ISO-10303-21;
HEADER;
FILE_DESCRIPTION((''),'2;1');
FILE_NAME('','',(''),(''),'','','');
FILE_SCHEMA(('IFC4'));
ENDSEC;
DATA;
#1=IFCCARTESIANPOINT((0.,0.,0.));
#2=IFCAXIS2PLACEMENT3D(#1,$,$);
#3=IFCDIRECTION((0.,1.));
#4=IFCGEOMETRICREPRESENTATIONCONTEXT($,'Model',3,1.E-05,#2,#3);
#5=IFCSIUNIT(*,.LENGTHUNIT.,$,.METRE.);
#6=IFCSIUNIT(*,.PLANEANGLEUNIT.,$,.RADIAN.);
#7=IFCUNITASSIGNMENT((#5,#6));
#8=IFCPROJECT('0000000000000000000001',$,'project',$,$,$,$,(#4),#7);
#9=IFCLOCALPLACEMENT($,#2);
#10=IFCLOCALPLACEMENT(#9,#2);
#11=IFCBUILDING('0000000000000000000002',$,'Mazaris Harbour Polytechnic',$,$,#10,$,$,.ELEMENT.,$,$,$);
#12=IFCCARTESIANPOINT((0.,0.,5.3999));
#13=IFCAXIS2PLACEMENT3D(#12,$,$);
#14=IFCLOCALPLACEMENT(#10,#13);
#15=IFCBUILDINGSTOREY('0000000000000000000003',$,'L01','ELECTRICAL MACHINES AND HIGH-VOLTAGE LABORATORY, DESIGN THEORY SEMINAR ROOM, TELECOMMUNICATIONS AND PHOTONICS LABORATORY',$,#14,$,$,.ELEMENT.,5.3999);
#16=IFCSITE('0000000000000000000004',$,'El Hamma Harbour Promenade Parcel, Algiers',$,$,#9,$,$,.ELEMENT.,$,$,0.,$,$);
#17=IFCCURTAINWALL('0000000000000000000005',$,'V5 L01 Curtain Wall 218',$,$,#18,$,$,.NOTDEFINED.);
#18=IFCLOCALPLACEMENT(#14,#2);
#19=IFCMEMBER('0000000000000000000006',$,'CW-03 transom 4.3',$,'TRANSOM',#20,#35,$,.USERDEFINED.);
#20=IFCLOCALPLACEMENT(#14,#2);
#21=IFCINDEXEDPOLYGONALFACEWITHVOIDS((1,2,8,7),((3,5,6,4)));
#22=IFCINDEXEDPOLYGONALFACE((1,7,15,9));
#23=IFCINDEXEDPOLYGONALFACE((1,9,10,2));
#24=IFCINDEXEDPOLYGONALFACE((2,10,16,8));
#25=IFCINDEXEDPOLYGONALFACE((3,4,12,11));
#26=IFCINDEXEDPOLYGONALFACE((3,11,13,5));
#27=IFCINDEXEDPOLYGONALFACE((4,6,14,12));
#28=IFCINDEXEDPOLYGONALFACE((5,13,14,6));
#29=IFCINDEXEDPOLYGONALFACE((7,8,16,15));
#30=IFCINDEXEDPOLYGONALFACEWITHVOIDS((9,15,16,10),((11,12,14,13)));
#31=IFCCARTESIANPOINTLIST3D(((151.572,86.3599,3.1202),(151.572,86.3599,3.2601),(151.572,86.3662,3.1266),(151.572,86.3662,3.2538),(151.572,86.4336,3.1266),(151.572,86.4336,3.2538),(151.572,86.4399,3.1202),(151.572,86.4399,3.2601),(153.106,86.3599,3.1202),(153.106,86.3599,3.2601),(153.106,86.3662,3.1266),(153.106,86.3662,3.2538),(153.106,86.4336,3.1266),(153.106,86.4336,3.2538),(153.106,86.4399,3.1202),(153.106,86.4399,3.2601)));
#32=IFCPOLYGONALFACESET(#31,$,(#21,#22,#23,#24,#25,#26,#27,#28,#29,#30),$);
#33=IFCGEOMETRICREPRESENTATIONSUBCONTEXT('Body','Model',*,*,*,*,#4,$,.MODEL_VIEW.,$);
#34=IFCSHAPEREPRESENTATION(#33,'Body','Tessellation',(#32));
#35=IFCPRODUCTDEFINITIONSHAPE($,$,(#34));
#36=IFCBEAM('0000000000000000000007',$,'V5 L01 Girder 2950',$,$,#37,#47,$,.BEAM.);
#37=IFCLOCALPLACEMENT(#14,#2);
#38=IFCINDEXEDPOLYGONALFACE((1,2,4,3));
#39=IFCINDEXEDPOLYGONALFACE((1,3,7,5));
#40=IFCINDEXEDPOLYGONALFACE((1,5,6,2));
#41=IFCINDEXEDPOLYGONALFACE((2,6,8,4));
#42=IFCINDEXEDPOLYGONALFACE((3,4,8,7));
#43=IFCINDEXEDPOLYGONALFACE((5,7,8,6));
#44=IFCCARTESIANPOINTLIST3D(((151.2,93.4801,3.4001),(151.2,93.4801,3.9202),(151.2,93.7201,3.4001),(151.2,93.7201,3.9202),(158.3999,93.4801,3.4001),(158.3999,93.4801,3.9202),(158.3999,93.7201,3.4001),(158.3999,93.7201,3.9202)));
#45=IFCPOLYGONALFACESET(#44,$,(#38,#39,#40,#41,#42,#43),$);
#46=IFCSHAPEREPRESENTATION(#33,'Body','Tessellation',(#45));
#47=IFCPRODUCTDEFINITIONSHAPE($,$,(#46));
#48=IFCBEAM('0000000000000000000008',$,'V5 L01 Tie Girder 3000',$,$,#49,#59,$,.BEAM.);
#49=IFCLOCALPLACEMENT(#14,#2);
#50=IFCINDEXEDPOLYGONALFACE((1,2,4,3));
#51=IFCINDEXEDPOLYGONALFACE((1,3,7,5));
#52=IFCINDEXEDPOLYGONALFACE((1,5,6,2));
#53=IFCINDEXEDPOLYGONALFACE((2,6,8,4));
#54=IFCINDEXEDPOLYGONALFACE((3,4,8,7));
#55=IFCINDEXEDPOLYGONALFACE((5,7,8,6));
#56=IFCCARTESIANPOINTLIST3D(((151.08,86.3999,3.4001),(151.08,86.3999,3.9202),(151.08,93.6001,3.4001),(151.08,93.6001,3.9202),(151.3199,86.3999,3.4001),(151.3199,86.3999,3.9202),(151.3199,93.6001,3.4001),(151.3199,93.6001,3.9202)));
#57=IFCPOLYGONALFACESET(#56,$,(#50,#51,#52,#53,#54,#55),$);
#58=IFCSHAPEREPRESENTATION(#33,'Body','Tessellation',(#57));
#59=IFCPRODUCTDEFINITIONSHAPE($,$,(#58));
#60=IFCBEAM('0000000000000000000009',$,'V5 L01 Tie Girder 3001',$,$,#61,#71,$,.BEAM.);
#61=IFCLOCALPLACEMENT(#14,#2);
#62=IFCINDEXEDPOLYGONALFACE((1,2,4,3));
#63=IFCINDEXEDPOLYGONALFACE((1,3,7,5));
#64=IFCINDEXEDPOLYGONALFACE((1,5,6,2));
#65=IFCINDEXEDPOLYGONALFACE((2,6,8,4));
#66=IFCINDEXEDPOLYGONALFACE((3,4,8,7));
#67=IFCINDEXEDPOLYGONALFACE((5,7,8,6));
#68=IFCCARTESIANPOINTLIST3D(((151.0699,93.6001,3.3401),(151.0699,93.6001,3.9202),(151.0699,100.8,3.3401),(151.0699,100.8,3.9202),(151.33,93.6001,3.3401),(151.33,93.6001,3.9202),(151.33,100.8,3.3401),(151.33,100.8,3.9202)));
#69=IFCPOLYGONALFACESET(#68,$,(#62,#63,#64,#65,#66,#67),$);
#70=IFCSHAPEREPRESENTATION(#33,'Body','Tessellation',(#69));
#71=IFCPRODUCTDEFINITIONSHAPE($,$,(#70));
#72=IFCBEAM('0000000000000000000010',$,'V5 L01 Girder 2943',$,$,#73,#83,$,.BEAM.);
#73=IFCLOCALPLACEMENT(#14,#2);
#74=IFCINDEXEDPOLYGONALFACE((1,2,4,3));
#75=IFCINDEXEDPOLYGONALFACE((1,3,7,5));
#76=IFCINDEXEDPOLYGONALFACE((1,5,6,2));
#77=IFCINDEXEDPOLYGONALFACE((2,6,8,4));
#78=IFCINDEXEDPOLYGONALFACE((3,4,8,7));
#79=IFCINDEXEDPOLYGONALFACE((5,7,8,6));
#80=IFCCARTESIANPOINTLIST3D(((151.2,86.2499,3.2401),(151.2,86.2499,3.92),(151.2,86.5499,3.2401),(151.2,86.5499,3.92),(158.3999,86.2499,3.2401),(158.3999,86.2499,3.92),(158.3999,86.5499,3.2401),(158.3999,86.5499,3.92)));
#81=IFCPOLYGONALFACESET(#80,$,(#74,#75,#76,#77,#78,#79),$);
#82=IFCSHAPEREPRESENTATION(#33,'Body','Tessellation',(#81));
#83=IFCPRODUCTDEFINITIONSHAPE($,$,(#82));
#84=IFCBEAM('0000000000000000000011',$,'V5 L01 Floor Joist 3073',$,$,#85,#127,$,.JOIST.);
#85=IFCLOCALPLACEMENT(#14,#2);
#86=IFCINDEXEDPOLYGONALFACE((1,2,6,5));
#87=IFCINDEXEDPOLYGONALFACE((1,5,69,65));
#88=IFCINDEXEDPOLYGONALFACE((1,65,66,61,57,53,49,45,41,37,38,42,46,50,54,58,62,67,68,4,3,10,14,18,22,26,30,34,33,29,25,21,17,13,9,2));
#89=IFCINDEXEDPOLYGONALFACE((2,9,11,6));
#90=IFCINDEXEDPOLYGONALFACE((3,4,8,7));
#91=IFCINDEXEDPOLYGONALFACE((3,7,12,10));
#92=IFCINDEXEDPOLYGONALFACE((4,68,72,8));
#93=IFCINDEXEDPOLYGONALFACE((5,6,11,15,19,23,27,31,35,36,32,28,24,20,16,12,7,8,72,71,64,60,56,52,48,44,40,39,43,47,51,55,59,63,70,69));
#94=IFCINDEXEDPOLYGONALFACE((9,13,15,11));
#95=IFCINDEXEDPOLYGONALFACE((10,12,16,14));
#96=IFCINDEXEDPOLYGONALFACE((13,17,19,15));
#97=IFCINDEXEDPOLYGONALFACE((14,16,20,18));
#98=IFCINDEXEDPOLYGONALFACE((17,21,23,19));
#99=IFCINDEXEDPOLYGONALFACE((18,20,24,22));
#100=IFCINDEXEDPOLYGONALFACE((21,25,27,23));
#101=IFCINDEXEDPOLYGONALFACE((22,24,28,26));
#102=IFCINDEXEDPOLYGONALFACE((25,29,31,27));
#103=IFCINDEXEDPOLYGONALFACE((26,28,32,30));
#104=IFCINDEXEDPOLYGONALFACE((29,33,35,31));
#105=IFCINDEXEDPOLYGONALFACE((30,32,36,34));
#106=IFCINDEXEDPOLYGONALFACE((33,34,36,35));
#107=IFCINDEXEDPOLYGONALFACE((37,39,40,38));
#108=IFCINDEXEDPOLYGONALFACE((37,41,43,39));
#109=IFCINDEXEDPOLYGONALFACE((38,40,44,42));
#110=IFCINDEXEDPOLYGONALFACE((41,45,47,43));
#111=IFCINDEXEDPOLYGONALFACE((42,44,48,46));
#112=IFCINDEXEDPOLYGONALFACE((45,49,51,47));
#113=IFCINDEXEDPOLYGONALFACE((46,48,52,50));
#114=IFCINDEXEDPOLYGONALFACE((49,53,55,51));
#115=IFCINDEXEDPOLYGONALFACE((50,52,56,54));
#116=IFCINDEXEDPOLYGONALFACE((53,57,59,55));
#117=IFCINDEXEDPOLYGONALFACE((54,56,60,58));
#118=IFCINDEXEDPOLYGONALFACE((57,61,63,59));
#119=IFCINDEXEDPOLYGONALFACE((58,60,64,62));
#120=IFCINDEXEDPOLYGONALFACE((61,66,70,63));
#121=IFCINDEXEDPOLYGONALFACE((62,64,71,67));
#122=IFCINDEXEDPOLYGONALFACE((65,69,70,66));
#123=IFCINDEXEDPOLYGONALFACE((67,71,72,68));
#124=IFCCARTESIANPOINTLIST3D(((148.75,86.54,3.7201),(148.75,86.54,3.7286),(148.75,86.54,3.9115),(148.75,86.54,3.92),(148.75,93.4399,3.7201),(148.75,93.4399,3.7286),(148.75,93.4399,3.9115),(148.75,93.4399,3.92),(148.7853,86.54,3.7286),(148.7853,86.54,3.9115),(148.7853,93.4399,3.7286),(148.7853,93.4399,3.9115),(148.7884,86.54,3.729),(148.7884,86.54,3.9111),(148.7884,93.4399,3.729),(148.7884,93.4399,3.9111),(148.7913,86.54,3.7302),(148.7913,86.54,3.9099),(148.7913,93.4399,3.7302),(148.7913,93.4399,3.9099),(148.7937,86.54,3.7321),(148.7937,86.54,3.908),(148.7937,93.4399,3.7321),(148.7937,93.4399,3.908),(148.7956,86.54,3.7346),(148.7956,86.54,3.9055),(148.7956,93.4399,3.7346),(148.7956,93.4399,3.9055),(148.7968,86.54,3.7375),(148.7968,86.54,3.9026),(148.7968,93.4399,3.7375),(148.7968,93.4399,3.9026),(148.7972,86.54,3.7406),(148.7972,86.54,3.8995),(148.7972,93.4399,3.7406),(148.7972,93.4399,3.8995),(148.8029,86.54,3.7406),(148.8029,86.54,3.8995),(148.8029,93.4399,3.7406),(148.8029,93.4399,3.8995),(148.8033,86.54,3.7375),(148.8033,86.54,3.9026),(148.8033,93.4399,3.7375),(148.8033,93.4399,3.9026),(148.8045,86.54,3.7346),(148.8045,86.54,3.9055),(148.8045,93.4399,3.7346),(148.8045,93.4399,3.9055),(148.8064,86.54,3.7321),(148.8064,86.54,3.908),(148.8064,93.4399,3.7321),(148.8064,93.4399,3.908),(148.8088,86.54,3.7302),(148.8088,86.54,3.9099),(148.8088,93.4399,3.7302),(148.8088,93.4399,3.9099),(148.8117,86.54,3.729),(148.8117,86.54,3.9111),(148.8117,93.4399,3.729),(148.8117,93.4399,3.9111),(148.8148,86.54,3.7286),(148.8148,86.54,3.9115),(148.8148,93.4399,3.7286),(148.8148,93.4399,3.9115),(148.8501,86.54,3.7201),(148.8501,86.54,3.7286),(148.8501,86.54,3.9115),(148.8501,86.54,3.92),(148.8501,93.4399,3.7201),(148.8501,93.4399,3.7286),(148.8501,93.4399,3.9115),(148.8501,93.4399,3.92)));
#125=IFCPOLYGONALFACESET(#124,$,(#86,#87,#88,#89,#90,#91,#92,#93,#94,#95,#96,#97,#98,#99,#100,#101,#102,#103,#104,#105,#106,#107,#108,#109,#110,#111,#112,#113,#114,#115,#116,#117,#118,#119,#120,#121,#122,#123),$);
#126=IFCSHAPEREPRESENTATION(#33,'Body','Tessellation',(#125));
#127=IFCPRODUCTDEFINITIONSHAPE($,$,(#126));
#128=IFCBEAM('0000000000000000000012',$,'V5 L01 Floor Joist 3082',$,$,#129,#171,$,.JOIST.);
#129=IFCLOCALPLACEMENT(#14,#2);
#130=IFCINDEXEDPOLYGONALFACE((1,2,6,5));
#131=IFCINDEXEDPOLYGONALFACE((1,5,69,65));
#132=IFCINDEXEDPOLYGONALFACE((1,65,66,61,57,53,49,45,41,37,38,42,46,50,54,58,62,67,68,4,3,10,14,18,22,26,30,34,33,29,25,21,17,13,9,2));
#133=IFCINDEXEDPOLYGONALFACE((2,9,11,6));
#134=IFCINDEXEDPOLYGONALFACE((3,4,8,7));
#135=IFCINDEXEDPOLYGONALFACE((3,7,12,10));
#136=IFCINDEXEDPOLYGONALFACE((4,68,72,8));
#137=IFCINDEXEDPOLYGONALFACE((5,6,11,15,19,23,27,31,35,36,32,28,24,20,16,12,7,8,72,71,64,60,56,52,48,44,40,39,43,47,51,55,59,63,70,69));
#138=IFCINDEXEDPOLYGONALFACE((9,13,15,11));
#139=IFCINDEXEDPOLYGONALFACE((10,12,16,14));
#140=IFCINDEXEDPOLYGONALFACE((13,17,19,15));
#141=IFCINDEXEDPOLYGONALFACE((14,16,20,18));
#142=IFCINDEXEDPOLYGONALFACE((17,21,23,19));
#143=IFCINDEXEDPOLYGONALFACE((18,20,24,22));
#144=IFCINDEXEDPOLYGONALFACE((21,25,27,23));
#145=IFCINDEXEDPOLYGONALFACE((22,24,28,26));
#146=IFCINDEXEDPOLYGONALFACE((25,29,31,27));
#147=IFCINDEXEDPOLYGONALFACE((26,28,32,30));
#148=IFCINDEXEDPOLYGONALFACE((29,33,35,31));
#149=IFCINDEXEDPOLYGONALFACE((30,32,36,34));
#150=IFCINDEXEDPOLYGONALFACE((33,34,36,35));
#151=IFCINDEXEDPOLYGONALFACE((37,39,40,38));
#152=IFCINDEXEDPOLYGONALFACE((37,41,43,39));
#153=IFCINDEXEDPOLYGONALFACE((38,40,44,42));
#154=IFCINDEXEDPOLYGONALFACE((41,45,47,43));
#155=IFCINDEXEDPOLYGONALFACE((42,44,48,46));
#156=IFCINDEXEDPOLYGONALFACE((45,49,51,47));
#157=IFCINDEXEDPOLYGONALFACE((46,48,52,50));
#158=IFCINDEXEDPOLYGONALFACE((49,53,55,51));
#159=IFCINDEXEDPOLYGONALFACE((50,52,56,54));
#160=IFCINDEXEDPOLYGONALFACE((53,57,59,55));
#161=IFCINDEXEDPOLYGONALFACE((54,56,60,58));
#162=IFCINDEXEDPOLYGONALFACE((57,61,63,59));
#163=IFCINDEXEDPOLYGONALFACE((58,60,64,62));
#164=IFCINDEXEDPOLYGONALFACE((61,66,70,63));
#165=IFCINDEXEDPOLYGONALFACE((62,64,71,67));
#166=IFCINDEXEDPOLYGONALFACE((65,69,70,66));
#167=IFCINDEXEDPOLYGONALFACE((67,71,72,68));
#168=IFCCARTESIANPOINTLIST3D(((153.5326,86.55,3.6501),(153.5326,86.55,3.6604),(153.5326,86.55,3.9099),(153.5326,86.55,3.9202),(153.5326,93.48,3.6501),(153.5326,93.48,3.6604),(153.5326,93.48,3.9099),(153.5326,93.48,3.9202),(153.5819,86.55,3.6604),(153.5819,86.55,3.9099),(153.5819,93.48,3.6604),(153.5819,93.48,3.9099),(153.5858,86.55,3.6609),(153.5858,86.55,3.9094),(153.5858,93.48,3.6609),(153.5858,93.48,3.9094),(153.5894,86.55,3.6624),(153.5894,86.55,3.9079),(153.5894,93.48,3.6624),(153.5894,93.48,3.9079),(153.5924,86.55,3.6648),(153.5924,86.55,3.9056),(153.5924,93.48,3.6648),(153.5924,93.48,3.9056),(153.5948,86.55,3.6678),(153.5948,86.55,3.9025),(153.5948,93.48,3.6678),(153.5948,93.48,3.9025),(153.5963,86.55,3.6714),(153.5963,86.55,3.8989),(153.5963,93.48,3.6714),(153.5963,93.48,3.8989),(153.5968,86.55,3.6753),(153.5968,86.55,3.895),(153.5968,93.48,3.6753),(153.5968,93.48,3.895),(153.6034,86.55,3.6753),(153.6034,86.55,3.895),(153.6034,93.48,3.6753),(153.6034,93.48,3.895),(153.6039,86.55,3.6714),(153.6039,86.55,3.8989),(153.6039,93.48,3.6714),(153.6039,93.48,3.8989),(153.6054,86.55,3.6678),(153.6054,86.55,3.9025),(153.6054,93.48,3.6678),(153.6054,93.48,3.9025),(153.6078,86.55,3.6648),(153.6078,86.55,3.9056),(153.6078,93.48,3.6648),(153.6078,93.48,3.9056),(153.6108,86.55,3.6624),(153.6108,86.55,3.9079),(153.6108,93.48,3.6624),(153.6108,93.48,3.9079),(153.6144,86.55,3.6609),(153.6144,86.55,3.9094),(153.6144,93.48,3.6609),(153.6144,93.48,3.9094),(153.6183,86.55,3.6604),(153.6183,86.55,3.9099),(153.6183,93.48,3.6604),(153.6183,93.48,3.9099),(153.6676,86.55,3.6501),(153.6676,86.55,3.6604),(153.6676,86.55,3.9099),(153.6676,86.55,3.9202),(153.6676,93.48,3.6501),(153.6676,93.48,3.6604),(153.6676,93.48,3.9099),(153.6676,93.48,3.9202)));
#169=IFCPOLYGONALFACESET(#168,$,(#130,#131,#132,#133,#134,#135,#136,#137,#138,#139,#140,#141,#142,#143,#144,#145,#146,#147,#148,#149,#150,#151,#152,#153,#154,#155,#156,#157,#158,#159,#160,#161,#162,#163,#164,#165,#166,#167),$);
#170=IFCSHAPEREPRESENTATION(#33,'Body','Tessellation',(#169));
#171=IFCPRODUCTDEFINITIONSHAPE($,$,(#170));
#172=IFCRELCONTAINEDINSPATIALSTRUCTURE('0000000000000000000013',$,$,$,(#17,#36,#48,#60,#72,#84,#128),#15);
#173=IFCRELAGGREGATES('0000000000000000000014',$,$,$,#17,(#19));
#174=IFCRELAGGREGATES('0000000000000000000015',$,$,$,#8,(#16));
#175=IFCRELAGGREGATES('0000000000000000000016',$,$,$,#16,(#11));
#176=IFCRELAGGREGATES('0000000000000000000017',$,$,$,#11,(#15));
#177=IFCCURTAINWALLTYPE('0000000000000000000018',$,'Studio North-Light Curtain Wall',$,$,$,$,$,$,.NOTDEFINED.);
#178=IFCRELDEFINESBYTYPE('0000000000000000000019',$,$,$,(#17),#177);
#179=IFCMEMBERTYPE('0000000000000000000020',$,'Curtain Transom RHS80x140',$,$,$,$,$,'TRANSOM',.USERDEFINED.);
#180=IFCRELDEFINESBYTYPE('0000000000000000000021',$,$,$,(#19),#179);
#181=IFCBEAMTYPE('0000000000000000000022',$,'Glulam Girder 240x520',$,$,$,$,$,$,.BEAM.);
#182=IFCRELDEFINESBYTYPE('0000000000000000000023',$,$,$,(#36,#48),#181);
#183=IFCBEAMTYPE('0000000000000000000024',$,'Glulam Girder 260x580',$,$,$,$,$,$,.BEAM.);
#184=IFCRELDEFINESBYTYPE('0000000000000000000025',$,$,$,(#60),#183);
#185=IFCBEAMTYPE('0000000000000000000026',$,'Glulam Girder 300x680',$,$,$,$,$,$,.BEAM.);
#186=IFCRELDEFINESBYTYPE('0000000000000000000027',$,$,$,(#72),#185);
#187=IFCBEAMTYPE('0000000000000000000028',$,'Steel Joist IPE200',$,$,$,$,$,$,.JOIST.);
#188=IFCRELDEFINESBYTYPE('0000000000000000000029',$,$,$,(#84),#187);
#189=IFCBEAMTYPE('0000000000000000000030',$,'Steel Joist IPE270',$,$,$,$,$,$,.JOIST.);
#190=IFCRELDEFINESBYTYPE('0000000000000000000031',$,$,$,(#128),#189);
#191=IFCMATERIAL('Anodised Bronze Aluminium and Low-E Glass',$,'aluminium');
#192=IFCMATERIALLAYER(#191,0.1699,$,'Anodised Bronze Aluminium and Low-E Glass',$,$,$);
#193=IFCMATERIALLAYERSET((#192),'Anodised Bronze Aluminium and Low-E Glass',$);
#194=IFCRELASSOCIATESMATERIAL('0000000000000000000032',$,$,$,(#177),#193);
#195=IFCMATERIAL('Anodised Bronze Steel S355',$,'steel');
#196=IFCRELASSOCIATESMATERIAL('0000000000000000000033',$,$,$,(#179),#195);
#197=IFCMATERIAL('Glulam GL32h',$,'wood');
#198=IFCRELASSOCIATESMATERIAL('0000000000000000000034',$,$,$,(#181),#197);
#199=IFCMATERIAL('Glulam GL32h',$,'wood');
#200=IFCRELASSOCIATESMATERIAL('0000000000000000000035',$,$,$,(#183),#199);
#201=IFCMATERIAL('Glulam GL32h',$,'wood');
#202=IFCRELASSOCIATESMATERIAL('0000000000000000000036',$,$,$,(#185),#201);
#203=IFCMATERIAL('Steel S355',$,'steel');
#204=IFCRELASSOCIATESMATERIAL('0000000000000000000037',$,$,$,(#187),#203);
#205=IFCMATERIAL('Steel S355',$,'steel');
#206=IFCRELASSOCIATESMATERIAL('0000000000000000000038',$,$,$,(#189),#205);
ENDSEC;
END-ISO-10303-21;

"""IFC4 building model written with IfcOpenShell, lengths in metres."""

from ifc_helpers import new_model, si_unit, direction, frame, origin, origin_2d, place, context, subcontext, project, spatial, rectangle, hollow_rectangle, i_section, extrude, material, layer, layer_set, material_profile, profile_set, type_object, element, aggregate, save


model = new_model("IFC4")

# Units and contexts
model_context = context("Model", 3, precision=1e-05, world=origin(), true_north=direction((0.0, 1.0)))
body_context = subcontext(model_context, "Body", "Model", "MODEL_VIEW")
ifc_project = project(units=[si_unit("LENGTHUNIT", "METRE"), si_unit("PLANEANGLEUNIT", "RADIAN")], contexts=[model_context])

# Site, building, storey
site_placement = place(None, origin())
site = spatial("IfcSite", under=ifc_project, at=site_placement, Name="El Hamma Harbour Promenade Parcel, Algiers", CompositionType="ELEMENT", RefElevation=0.0)
building_placement = place(site_placement, origin())
building = spatial("IfcBuilding", under=site, at=building_placement, Name="Mazaris Harbour Polytechnic", CompositionType="ELEMENT")
storey_placement = place(building_placement, frame((0.0, 0.0, 5.3999)))
storey = spatial("IfcBuildingStorey", under=building, at=storey_placement, Name="L01", Description="ELECTRICAL MACHINES AND HIGH-VOLTAGE LABORATORY, DESIGN THEORY SEMINAR ROOM, TELECOMMUNICATIONS AND PHOTONICS LABORATORY", CompositionType="ELEMENT", Elevation=5.3999)

# Curtain wall
ifc_material_1 = material(Name="Anodised Bronze Aluminium and Low-E Glass", Category="aluminium")
ifc_layer_1 = layer(ifc_material_1, 0.1699, Name="Anodised Bronze Aluminium and Low-E Glass")
ifc_layer_set_1 = layer_set([ifc_layer_1], Name="Anodised Bronze Aluminium and Low-E Glass")
curtain_wall_type = type_object("IfcCurtainWallType", Name="Studio North-Light Curtain Wall", PredefinedType="NOTDEFINED", material=ifc_layer_set_1)
curtain_wall_1_placement = place(storey_placement, origin())
curtain_wall_1 = element("IfcCurtainWall", 1, at=curtain_wall_1_placement, inside=storey, type_object=curtain_wall_type, Name="V5 L01 Curtain Wall 218", PredefinedType="NOTDEFINED")

# Member
ifc_material_2 = material(Name="Anodised Bronze Steel S355", Category="steel")
ifc_material_profile_1 = material_profile(ifc_material_2, hollow_rectangle(XDim=0.0801, YDim=0.1399, WallThickness=0.0063, at=origin_2d()), Name="RHS 80x140x6.3")
ifc_profile_set_1 = profile_set([ifc_material_profile_1], Name="Anodised Bronze Steel S355")
member_type_1 = type_object("IfcMemberType", Name="Curtain Transom RHS80x140", ElementType="TRANSOM", PredefinedType="USERDEFINED", material=ifc_profile_set_1)
member_1_placement = place(storey_placement, frame((153.106, 86.3999, 3.1902), z_axis=(-1.0, 0.0, 0.0), x_axis=(0.0, -1.0, 0.0)))
member_1 = element("IfcMember", 2, at=member_1_placement, type_object=member_type_1, Name="CW-03 transom 4.3", ObjectType="TRANSOM", PredefinedType="USERDEFINED", context=body_context, shape_type="SweptSolid", body=[
    extrude(hollow_rectangle(XDim=0.0801, YDim=0.1399, WallThickness=0.0063, at=origin_2d()), origin(), (0.0, 0.0, 1.0), 1.5339),
])

# Beams
ifc_material_3 = material(Name="Glulam GL32h", Category="wood")
ifc_material_profile_2 = material_profile(ifc_material_3, rectangle(XDim=0.24, YDim=0.52, at=origin_2d()), Name="RECT240x520")
ifc_profile_set_2 = profile_set([ifc_material_profile_2], Name="Glulam GL32h")
beam_type_1 = type_object("IfcBeamType", Name="Glulam Girder 240x520", PredefinedType="BEAM", material=ifc_profile_set_2)
beam_1_placement = place(storey_placement, frame((151.2, 93.6001, 3.6602), z_axis=(1.0, 0.0, 0.0), x_axis=(0.0, 1.0, 0.0)))
element("IfcBeam", 3, at=beam_1_placement, inside=storey, type_object=beam_type_1, Name="V5 L01 Girder 2950", PredefinedType="BEAM", context=body_context, shape_type="SweptSolid", body=[
    extrude(rectangle(XDim=0.24, YDim=0.52, at=origin_2d()), origin(), (0.0, 0.0, 1.0), 7.2),
])
beam_2_placement = place(storey_placement, frame((151.2, 86.3999, 3.6602), z_axis=(0.0, 1.0, 0.0), x_axis=(-1.0, 0.0, 0.0)))
element("IfcBeam", 4, at=beam_2_placement, inside=storey, type_object=beam_type_1, Name="V5 L01 Tie Girder 3000", PredefinedType="BEAM", context=body_context, shape_type="SweptSolid", body=[
    extrude(rectangle(XDim=0.24, YDim=0.52, at=origin_2d()), origin(), (0.0, 0.0, 1.0), 7.2002),
])
ifc_material_4 = material(Name="Glulam GL32h", Category="wood")
ifc_material_profile_3 = material_profile(ifc_material_4, rectangle(XDim=0.26, YDim=0.5801, at=origin_2d()), Name="RECT260x580")
ifc_profile_set_3 = profile_set([ifc_material_profile_3], Name="Glulam GL32h")
beam_type_2 = type_object("IfcBeamType", Name="Glulam Girder 260x580", PredefinedType="BEAM", material=ifc_profile_set_3)
beam_3_placement = place(storey_placement, frame((151.2, 93.6001, 3.6301), z_axis=(0.0, 1.0, 0.0), x_axis=(-1.0, 0.0, 0.0)))
element("IfcBeam", 5, at=beam_3_placement, inside=storey, type_object=beam_type_2, Name="V5 L01 Tie Girder 3001", PredefinedType="BEAM", context=body_context, shape_type="SweptSolid", body=[
    extrude(rectangle(XDim=0.26, YDim=0.5801, at=origin_2d()), origin(), (0.0, 0.0, 1.0), 7.2),
])
ifc_material_5 = material(Name="Glulam GL32h", Category="wood")
ifc_material_profile_4 = material_profile(ifc_material_5, rectangle(XDim=0.3, YDim=0.6799, at=origin_2d()), Name="RECT300x680")
ifc_profile_set_4 = profile_set([ifc_material_profile_4], Name="Glulam GL32h")
beam_type_3 = type_object("IfcBeamType", Name="Glulam Girder 300x680", PredefinedType="BEAM", material=ifc_profile_set_4)
beam_4_placement = place(storey_placement, frame((151.2, 86.3999, 3.5801), z_axis=(1.0, 0.0, 0.0), x_axis=(0.0, 1.0, 0.0)))
element("IfcBeam", 6, at=beam_4_placement, inside=storey, type_object=beam_type_3, Name="V5 L01 Girder 2943", PredefinedType="BEAM", context=body_context, shape_type="SweptSolid", body=[
    extrude(rectangle(XDim=0.3, YDim=0.6799, at=origin_2d()), origin(), (0.0, 0.0, 1.0), 7.2),
])
ifc_material_6 = material(Name="Steel S355", Category="steel")
ifc_material_profile_5 = material_profile(ifc_material_6, i_section(OverallWidth=0.1001, OverallDepth=0.2, WebThickness=0.0056, FlangeThickness=0.0085, FilletRadius=0.012, at=origin_2d()), Name="IPE 200")
ifc_profile_set_5 = profile_set([ifc_material_profile_5], Name="Steel S355")
beam_type_4 = type_object("IfcBeamType", Name="Steel Joist IPE200", PredefinedType="JOIST", material=ifc_profile_set_5)
beam_5_placement = place(storey_placement, frame((148.8, 86.54, 3.8201), z_axis=(0.0, 1.0, 0.0), x_axis=(-1.0, 0.0, 0.0)))
element("IfcBeam", 7, at=beam_5_placement, inside=storey, type_object=beam_type_4, Name="V5 L01 Floor Joist 3073", PredefinedType="JOIST", context=body_context, shape_type="SweptSolid", body=[
    extrude(i_section(OverallWidth=0.1001, OverallDepth=0.2, WebThickness=0.0056, FlangeThickness=0.0085, FilletRadius=0.012, at=origin_2d()), origin(), (0.0, 0.0, 1.0), 6.8999),
])
ifc_material_7 = material(Name="Steel S355", Category="steel")
ifc_material_profile_6 = material_profile(ifc_material_7, i_section(OverallWidth=0.135, OverallDepth=0.27, WebThickness=0.0066, FlangeThickness=0.0103, FilletRadius=0.0149, at=origin_2d()), Name="IPE 270")
ifc_profile_set_6 = profile_set([ifc_material_profile_6], Name="Steel S355")
beam_type_5 = type_object("IfcBeamType", Name="Steel Joist IPE270", PredefinedType="JOIST", material=ifc_profile_set_6)
beam_6_placement = place(storey_placement, frame((153.6001, 86.55, 3.7852), z_axis=(0.0, 1.0, 0.0), x_axis=(-1.0, 0.0, 0.0)))
element("IfcBeam", 8, at=beam_6_placement, inside=storey, type_object=beam_type_5, Name="V5 L01 Floor Joist 3082", PredefinedType="JOIST", context=body_context, shape_type="SweptSolid", body=[
    extrude(i_section(OverallWidth=0.135, OverallDepth=0.27, WebThickness=0.0066, FlangeThickness=0.0103, FilletRadius=0.0149, at=origin_2d()), origin(), (0.0, 0.0, 1.0), 6.9299),
])

aggregate(curtain_wall_1, [member_1])

save(model, "model.ifc")
